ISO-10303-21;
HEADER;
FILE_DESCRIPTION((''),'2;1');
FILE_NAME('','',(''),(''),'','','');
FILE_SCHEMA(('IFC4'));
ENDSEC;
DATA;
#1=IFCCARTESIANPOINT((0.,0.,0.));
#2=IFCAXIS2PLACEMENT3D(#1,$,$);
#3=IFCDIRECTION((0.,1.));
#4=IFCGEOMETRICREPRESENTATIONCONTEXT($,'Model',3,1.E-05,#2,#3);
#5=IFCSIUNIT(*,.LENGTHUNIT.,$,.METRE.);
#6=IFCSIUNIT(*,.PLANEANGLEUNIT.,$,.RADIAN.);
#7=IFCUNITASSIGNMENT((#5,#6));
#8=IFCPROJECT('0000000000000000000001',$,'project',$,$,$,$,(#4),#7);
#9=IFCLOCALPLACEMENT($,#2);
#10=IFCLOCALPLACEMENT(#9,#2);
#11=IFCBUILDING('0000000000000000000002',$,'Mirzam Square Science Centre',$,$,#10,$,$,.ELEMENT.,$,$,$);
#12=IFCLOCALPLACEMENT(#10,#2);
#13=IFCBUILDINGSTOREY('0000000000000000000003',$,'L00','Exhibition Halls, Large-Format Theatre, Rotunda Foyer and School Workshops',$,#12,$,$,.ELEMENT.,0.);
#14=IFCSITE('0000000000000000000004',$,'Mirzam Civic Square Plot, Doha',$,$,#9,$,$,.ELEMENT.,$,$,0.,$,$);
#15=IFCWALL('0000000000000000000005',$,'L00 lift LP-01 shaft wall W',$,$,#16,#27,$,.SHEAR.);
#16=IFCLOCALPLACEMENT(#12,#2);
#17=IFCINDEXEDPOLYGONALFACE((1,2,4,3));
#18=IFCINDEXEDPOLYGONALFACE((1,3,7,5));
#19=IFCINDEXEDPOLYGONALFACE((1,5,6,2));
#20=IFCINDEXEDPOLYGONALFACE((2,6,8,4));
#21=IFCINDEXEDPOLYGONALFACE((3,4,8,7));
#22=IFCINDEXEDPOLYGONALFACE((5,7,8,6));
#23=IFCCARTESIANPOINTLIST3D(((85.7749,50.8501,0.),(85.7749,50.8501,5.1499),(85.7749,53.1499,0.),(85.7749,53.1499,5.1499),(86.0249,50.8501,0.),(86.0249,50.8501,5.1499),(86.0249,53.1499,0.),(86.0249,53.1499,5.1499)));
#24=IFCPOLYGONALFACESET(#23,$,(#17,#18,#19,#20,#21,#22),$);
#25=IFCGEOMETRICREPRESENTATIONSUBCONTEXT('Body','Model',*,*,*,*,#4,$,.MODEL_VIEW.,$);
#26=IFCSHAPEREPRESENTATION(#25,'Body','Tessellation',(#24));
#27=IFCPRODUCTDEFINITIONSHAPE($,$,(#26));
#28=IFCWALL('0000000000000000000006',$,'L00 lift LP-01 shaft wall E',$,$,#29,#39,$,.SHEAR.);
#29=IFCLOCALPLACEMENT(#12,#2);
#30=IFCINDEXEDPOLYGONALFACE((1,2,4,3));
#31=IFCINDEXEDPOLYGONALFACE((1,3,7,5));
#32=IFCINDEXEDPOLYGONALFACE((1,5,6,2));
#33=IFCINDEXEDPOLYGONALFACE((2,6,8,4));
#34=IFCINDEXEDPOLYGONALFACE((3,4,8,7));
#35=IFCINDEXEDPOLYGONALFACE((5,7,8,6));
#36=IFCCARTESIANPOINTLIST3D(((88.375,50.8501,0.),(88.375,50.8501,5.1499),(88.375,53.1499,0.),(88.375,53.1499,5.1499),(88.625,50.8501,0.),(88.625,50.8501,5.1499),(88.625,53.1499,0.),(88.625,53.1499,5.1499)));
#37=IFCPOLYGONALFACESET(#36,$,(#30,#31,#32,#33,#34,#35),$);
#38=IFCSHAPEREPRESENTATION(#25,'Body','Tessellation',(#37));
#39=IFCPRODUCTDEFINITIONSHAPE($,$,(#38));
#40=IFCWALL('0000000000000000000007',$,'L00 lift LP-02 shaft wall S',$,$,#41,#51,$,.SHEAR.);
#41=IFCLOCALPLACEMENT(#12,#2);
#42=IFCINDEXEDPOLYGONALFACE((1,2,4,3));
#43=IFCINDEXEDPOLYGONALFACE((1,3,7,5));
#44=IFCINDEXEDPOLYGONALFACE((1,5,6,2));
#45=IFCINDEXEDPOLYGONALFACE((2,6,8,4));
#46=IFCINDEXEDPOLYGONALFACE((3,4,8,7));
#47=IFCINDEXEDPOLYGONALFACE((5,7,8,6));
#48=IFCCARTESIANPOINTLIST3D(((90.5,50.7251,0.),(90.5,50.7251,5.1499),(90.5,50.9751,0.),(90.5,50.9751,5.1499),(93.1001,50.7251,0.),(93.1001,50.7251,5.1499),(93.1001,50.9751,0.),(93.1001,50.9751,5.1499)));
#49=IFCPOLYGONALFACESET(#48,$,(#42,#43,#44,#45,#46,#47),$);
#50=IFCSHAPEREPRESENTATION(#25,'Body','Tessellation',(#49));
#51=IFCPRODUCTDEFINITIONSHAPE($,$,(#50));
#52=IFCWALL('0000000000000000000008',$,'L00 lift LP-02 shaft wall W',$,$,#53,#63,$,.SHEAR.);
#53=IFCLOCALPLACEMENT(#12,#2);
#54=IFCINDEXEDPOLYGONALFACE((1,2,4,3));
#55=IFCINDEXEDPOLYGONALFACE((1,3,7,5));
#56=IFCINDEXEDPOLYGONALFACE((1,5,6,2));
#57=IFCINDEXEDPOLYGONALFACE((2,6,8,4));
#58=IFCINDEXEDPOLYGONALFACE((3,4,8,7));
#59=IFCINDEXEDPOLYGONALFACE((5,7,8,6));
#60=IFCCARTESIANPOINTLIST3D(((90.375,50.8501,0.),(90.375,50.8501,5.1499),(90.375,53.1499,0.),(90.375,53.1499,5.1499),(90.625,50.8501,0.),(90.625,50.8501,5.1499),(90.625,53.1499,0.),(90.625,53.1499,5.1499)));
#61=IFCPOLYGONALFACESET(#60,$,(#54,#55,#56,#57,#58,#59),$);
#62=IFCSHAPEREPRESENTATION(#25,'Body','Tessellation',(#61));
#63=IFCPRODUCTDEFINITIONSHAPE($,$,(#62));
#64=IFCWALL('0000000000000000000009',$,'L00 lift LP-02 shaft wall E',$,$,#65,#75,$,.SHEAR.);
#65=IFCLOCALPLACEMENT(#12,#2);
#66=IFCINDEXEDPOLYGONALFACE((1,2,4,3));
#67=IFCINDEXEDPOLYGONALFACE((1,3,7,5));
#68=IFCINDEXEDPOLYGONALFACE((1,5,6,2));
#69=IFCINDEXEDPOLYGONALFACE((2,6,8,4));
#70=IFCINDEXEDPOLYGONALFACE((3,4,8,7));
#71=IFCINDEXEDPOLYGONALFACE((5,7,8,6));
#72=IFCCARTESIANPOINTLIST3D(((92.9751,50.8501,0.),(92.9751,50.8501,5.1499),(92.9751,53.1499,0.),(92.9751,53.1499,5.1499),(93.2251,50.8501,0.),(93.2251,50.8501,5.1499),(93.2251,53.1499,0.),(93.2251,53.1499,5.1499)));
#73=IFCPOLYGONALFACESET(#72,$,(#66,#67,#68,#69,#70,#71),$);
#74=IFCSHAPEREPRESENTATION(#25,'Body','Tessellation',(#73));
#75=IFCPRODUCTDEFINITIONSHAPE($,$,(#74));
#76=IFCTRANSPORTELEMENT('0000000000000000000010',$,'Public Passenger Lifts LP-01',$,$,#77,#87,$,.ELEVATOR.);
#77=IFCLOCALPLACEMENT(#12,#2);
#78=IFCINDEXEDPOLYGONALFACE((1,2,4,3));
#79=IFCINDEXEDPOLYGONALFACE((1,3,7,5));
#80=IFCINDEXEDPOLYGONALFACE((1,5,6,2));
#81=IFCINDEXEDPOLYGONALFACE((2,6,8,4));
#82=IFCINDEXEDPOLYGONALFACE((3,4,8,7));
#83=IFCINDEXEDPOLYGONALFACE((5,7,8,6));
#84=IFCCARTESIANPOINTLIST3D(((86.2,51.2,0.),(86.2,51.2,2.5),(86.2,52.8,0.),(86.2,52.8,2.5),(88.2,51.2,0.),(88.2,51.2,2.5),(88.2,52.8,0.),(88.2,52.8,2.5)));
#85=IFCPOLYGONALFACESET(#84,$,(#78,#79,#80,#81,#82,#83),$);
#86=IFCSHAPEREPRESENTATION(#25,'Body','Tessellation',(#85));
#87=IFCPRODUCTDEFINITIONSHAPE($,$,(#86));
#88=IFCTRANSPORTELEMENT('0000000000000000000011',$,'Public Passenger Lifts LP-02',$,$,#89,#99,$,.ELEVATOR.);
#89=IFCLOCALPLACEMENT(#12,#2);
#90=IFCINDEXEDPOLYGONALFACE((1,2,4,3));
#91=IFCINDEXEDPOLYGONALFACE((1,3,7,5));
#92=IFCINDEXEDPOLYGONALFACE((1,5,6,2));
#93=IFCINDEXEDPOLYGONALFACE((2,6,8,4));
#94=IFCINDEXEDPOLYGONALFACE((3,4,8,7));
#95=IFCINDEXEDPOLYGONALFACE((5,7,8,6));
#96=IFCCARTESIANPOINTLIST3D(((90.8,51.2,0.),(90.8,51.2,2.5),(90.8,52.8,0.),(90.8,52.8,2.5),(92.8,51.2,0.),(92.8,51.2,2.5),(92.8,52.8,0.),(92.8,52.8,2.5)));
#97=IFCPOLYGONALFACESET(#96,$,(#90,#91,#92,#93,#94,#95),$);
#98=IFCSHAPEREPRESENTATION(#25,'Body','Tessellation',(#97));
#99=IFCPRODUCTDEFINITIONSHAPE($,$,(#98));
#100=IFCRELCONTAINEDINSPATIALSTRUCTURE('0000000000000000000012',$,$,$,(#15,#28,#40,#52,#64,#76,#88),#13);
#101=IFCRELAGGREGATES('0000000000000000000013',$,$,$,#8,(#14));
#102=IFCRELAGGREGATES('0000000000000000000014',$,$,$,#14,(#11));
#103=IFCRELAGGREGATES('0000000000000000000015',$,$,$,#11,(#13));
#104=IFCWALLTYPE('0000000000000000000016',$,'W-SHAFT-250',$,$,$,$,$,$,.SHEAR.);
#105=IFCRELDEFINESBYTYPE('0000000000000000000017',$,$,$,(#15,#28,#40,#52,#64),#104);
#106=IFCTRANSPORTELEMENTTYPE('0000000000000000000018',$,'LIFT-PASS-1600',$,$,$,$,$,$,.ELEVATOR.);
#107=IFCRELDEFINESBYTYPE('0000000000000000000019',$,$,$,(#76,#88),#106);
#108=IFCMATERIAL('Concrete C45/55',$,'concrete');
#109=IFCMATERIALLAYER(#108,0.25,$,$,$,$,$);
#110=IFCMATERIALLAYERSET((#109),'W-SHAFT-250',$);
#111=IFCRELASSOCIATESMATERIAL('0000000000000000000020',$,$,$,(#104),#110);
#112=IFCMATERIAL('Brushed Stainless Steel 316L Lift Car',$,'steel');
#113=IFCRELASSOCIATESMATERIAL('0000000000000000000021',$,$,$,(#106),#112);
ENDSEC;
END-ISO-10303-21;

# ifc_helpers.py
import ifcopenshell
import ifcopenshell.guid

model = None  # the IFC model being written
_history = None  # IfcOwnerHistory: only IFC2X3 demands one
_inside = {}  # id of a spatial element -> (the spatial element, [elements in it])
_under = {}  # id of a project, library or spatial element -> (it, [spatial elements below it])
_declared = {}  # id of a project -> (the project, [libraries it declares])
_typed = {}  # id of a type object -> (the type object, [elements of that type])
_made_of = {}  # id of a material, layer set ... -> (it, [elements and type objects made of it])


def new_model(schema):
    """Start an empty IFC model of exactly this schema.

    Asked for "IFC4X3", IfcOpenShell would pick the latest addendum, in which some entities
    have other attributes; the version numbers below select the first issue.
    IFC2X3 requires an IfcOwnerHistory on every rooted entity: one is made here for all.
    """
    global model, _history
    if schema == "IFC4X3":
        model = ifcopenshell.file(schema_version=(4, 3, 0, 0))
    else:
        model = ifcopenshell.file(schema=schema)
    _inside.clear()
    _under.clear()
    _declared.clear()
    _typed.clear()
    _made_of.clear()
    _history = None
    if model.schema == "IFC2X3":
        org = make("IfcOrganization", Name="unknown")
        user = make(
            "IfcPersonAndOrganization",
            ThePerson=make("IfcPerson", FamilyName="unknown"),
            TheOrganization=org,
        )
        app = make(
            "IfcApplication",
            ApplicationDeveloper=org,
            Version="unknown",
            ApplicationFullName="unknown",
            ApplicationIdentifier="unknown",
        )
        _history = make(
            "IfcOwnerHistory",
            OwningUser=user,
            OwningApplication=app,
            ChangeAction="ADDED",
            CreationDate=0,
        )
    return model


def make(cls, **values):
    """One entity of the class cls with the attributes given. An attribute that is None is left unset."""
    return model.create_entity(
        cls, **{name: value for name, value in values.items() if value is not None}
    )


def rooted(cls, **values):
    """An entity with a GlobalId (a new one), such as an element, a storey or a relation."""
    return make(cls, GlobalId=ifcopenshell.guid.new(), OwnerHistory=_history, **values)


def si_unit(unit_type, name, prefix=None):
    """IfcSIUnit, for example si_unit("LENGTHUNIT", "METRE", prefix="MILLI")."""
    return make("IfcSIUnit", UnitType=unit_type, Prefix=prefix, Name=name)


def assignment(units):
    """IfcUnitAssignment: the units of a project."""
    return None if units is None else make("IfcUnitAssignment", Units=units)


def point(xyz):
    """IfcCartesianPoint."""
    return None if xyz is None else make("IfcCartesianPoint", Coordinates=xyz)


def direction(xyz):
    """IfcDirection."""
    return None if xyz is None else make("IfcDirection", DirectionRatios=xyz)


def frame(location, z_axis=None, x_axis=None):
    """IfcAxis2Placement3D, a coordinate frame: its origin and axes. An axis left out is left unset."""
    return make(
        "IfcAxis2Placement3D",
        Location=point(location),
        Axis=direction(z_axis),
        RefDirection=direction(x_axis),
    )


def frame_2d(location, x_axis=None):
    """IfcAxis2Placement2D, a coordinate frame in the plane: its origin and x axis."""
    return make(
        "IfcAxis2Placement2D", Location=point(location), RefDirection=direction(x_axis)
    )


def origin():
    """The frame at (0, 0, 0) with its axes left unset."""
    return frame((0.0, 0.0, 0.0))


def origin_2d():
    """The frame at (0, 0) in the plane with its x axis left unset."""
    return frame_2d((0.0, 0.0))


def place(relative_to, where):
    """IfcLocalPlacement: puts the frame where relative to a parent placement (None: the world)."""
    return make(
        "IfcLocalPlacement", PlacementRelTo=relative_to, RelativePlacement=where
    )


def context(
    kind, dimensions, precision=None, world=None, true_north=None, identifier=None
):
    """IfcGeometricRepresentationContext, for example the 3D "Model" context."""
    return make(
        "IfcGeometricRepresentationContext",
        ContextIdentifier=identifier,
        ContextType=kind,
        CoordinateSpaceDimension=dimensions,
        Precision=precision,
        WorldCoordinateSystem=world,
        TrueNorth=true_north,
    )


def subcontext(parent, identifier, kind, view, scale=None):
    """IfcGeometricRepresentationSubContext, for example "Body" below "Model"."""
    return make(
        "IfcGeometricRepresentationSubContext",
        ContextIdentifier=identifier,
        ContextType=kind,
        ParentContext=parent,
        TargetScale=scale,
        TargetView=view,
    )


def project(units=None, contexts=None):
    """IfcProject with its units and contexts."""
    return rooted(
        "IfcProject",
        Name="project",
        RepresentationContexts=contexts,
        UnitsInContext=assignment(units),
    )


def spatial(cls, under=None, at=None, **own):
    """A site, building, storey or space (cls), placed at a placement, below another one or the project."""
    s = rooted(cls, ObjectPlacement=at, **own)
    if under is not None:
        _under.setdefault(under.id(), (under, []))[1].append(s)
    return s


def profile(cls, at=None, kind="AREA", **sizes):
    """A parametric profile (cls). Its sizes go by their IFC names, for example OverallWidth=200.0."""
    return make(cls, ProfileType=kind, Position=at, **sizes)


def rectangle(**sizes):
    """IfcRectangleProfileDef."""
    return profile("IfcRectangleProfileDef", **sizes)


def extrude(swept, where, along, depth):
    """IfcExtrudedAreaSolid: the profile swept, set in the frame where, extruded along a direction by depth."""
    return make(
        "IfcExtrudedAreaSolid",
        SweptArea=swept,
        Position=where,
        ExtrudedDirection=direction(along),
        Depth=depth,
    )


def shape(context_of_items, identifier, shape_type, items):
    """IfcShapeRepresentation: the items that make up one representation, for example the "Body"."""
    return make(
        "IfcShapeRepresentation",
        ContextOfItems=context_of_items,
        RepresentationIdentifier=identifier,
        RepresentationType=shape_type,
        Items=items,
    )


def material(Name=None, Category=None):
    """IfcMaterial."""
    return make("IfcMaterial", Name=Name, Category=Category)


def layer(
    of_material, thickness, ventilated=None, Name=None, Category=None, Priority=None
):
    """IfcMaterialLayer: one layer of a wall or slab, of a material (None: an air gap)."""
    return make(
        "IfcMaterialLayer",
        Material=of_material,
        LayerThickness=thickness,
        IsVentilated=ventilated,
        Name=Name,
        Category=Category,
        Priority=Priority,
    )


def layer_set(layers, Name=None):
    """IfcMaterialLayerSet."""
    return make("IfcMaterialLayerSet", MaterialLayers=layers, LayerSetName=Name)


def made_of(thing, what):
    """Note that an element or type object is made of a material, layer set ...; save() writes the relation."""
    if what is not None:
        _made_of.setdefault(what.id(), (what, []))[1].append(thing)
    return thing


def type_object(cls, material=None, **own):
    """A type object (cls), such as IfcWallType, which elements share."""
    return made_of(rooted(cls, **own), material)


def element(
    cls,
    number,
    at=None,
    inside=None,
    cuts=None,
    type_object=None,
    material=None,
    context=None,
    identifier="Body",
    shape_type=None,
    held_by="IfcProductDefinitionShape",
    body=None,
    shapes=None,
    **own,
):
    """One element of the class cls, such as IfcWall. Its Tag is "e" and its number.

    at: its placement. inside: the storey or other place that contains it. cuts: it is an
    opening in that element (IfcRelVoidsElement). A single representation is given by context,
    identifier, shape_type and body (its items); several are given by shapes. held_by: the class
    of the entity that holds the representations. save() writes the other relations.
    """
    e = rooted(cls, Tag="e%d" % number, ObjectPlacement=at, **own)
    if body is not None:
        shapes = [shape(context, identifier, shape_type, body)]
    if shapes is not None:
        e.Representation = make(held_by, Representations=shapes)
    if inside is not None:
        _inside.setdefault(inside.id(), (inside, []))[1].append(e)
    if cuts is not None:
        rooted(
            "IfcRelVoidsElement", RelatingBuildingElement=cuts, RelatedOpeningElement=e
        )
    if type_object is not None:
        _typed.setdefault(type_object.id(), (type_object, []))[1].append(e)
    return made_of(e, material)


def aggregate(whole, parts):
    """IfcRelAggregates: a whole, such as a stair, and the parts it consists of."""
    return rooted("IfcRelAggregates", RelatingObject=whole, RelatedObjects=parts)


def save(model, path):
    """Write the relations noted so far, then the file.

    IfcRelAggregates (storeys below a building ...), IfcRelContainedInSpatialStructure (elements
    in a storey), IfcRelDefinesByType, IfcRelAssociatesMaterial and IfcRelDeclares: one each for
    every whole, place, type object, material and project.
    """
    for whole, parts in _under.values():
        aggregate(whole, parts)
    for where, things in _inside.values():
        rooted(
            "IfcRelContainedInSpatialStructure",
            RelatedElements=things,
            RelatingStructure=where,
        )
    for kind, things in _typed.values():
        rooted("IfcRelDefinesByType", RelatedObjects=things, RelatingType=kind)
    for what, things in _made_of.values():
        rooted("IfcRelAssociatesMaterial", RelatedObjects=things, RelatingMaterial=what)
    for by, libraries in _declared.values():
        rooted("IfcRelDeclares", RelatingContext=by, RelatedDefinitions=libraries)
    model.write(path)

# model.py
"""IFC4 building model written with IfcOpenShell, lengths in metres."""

from ifc_helpers import new_model, si_unit, direction, frame, frame_2d, origin, origin_2d, place, context, subcontext, project, spatial, rectangle, extrude, material, layer, layer_set, type_object, element, save


model = new_model("IFC4")

# Units and contexts
model_context = context("Model", 3, precision=1e-05, world=origin(), true_north=direction((0.0, 1.0)))
body_context = subcontext(model_context, "Body", "Model", "MODEL_VIEW")
ifc_project = project(units=[si_unit("LENGTHUNIT", "METRE"), si_unit("PLANEANGLEUNIT", "RADIAN")], contexts=[model_context])

# Site, building, storey
site_placement = place(None, origin())
site = spatial("IfcSite", under=ifc_project, at=site_placement, Name="Mirzam Civic Square Plot, Doha", CompositionType="ELEMENT", RefElevation=0.0)
building_placement = place(site_placement, origin())
building = spatial("IfcBuilding", under=site, at=building_placement, Name="Mirzam Square Science Centre", CompositionType="ELEMENT")
storey_placement = place(building_placement, origin())
storey = spatial("IfcBuildingStorey", under=building, at=storey_placement, Name="L00", Description="Exhibition Halls, Large-Format Theatre, Rotunda Foyer and School Workshops", CompositionType="ELEMENT", Elevation=0.0)

# Shared definitions
ifc_material_1 = material(Name="Concrete C45/55", Category="concrete")

# Shared definitions
ifc_layer_1 = layer(ifc_material_1, 0.25)
ifc_layer_set_1 = layer_set([ifc_layer_1], Name="W-SHAFT-250")
wall_type_1 = type_object("IfcWallType", Name="W-SHAFT-250", PredefinedType="SHEAR", material=ifc_layer_set_1)

# Walls
for number, where, z_axis, x_axis, name in (
    (1, (85.8999, 53.1499, 0.0), (0.0, 0.0, 1.0), (0.0, -1.0, 0.0), "L00 lift LP-01 shaft wall W"),
    (2, (88.5, 50.8501, 0.0), (0.0, 0.0, 1.0), (0.0, 1.0, 0.0), "L00 lift LP-01 shaft wall E"),
):
    element("IfcWall", number, at=place(storey_placement, frame(where, z_axis=z_axis, x_axis=x_axis)), inside=storey, type_object=wall_type_1, Name=name, PredefinedType="SHEAR", context=body_context, shape_type="SweptSolid", body=[
        extrude(rectangle(XDim=2.2998, YDim=0.25, at=frame_2d((1.1499, 0.0))), origin(), (0.0, 0.0, 1.0), 5.1499),
    ])
wall_1_placement = place(storey_placement, frame((90.5, 50.8501, 0.0), z_axis=(0.0, 0.0, 1.0), x_axis=(1.0, 0.0, 0.0)))
element("IfcWall", 3, at=wall_1_placement, inside=storey, type_object=wall_type_1, Name="L00 lift LP-02 shaft wall S", PredefinedType="SHEAR", context=body_context, shape_type="SweptSolid", body=[
    extrude(rectangle(XDim=2.6001, YDim=0.25, at=frame_2d((1.3, 0.0))), origin(), (0.0, 0.0, 1.0), 5.1499),
])

# Walls
for number, where, z_axis, x_axis, name in (
    (4, (90.5, 53.1499, 0.0), (0.0, 0.0, 1.0), (0.0, -1.0, 0.0), "L00 lift LP-02 shaft wall W"),
    (5, (93.1001, 50.8501, 0.0), (0.0, 0.0, 1.0), (0.0, 1.0, 0.0), "L00 lift LP-02 shaft wall E"),
):
    element("IfcWall", number, at=place(storey_placement, frame(where, z_axis=z_axis, x_axis=x_axis)), inside=storey, type_object=wall_type_1, Name=name, PredefinedType="SHEAR", context=body_context, shape_type="SweptSolid", body=[
        extrude(rectangle(XDim=2.2998, YDim=0.25, at=frame_2d((1.1499, 0.0))), origin(), (0.0, 0.0, 1.0), 5.1499),
    ])

# Transport elements
ifc_material_2 = material(Name="Brushed Stainless Steel 316L Lift Car", Category="steel")
transport_element_type = type_object("IfcTransportElementType", Name="LIFT-PASS-1600", PredefinedType="ELEVATOR", material=ifc_material_2)
for number, where, z_axis, x_axis, name in (
    (6, (87.2, 52.0, 0.0), (0.0, 0.0, 1.0), (1.0, 0.0, 0.0), "Public Passenger Lifts LP-01"),
    (7, (91.8, 52.0, 0.0), (0.0, 0.0, 1.0), (1.0, 0.0, 0.0), "Public Passenger Lifts LP-02"),
):
    element("IfcTransportElement", number, at=place(storey_placement, frame(where, z_axis=z_axis, x_axis=x_axis)), inside=storey, type_object=transport_element_type, Name=name, PredefinedType="ELEVATOR", context=body_context, shape_type="SweptSolid", body=[
        extrude(rectangle(XDim=2.0, YDim=1.6001, at=origin_2d()), origin(), (0.0, 0.0, 1.0), 2.5),
    ])

save(model, "model.ifc")
